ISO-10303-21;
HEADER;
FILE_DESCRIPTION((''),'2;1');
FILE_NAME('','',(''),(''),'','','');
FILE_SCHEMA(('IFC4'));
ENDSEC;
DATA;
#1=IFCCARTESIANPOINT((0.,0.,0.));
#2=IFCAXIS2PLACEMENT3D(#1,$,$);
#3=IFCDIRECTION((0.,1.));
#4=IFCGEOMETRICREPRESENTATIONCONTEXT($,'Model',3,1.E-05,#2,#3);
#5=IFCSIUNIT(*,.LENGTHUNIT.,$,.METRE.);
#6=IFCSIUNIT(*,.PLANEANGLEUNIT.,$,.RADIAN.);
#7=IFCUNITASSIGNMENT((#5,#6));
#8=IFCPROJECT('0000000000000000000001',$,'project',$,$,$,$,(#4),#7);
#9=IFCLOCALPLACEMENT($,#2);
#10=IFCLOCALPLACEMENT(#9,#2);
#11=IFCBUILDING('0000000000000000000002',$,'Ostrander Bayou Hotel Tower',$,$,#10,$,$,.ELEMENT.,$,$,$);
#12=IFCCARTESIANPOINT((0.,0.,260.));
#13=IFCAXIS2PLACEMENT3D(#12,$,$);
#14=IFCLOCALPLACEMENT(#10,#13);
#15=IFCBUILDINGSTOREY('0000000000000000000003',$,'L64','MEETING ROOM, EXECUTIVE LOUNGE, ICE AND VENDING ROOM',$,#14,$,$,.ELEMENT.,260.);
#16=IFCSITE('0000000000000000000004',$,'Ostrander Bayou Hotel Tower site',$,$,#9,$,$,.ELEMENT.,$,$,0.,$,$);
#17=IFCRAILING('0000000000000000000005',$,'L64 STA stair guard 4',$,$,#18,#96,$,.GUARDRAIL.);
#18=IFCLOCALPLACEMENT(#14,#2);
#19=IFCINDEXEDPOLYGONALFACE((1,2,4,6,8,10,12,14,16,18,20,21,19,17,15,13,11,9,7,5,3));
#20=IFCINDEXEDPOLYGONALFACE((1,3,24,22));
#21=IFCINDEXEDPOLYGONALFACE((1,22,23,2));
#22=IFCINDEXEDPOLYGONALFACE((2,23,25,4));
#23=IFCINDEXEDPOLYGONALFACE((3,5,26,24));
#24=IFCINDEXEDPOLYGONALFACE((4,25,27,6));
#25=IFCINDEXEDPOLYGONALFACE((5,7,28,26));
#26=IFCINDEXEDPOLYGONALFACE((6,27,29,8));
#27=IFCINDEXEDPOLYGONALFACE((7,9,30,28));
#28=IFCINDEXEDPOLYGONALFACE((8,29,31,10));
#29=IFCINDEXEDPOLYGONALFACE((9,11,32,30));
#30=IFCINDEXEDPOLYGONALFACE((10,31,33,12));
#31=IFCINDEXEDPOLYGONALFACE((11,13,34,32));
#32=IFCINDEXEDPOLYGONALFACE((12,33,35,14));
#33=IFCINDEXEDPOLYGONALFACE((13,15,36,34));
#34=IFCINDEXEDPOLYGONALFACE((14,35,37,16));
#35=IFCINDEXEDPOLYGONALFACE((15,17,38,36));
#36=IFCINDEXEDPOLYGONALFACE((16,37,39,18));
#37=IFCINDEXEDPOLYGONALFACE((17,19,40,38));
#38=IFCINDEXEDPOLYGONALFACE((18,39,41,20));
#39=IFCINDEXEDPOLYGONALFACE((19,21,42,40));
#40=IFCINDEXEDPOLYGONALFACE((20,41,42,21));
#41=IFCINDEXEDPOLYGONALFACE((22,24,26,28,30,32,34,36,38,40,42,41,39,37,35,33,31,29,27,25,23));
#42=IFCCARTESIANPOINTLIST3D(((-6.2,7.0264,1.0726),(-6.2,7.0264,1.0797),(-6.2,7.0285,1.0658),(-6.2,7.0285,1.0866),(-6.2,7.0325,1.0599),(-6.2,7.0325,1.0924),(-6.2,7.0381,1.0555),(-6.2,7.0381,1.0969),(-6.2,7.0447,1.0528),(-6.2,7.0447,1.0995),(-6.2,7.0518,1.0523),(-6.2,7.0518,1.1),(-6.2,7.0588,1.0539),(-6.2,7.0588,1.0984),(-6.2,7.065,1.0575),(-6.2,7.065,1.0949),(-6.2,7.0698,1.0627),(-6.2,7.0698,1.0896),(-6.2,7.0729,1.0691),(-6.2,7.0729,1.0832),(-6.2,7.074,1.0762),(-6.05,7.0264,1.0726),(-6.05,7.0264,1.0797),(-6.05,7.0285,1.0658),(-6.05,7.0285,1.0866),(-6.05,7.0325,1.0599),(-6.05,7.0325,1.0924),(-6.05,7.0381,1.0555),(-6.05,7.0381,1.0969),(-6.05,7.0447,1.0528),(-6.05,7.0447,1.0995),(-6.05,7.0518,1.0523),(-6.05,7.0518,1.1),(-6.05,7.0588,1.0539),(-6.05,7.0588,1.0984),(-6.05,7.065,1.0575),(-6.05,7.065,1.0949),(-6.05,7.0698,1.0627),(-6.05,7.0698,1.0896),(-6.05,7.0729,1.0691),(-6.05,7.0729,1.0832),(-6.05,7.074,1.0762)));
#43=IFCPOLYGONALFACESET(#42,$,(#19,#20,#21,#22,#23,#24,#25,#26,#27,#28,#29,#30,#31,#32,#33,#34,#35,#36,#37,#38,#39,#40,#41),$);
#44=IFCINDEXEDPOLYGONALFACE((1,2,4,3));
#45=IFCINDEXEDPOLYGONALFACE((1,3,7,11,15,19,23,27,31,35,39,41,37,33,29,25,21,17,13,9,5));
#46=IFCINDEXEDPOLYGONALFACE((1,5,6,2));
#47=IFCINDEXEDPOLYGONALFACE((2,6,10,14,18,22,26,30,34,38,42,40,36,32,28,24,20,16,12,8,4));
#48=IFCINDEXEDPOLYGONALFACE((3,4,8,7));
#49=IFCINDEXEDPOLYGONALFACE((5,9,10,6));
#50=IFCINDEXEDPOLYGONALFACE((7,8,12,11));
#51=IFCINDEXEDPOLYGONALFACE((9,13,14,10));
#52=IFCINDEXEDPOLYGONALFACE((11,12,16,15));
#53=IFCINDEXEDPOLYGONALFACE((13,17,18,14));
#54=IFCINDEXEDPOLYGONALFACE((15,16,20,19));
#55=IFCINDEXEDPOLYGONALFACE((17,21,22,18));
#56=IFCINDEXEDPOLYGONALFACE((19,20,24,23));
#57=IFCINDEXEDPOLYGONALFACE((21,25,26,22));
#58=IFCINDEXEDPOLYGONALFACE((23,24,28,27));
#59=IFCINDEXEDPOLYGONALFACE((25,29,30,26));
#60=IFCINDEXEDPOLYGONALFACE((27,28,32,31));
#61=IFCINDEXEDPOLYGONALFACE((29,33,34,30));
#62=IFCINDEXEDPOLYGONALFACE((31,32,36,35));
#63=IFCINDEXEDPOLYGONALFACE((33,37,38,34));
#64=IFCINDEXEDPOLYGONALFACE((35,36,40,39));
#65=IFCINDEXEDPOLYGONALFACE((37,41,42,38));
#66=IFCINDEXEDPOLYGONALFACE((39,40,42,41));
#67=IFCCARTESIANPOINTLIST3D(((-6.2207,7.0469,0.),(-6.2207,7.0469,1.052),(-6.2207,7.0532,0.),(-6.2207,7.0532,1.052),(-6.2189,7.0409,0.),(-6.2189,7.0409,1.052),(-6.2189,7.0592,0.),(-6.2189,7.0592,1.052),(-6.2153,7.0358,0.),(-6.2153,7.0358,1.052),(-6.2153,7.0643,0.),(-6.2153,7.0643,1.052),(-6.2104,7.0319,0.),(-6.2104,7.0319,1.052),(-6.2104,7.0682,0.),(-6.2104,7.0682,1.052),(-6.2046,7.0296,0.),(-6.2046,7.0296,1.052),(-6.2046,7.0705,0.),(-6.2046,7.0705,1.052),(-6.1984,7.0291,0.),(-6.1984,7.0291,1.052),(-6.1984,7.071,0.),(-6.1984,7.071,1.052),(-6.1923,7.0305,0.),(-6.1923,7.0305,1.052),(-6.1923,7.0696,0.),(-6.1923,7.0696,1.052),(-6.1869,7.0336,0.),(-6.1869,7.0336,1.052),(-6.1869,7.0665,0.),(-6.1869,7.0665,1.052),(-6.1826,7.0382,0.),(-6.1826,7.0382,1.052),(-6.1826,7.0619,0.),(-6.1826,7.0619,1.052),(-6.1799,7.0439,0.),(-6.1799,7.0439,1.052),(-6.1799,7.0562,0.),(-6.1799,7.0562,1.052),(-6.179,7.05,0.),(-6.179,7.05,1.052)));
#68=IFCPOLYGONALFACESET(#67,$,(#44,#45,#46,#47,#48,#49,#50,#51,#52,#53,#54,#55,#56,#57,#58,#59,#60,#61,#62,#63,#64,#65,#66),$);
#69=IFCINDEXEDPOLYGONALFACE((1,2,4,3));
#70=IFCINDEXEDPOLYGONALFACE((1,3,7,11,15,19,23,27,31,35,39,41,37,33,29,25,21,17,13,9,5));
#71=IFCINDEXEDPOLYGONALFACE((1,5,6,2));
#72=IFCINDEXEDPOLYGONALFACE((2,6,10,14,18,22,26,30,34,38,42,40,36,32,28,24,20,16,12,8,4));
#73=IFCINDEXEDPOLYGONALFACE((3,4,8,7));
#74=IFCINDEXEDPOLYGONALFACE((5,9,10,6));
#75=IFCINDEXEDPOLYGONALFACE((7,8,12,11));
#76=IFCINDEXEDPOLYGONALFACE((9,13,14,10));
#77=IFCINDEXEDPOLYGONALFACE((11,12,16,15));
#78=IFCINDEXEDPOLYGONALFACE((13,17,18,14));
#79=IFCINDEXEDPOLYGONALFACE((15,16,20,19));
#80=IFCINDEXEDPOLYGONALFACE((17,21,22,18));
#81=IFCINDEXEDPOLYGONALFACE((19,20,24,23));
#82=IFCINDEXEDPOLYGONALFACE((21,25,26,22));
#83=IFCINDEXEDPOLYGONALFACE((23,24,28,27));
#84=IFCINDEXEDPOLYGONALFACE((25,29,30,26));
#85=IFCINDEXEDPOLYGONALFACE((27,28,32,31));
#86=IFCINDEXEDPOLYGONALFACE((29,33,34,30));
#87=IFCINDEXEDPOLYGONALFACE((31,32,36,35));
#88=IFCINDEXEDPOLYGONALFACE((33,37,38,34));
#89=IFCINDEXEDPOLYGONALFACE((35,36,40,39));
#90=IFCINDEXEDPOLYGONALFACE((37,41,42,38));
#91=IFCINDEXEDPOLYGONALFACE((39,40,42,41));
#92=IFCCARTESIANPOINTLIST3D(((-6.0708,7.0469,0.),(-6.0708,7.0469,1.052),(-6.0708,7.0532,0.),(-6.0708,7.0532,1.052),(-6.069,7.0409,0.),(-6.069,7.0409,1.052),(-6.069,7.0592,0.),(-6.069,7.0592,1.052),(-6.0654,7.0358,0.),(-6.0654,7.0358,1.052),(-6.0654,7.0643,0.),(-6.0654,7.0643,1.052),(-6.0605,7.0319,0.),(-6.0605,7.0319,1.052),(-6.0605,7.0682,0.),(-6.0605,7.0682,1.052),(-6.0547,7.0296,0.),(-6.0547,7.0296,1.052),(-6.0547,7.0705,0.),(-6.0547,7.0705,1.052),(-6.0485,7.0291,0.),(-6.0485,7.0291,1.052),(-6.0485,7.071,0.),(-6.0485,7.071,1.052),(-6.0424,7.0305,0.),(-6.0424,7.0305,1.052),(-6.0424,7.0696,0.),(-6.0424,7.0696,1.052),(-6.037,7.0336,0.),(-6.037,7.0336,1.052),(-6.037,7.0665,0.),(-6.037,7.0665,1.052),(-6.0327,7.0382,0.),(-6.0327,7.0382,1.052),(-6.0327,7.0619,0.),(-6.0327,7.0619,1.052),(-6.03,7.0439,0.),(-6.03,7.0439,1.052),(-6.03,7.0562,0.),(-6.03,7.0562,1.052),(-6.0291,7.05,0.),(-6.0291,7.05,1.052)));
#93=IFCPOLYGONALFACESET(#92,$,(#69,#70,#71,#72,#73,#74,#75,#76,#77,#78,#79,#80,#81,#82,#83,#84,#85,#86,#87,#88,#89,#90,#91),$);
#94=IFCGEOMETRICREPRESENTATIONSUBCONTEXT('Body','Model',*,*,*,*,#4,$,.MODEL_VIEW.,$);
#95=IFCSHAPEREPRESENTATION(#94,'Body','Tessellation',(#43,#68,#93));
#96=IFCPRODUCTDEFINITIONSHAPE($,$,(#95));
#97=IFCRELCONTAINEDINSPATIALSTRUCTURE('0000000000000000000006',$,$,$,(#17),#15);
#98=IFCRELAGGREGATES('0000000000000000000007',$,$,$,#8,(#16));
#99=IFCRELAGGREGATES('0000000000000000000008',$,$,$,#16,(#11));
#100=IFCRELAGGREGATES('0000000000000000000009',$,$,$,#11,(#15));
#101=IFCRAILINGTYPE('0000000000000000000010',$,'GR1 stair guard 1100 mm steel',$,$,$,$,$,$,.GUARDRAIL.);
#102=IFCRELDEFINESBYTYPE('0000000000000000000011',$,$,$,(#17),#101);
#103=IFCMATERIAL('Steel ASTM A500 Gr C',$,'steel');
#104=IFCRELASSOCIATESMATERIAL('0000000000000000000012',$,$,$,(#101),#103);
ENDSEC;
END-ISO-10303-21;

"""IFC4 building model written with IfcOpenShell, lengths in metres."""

from ifc_helpers import new_model, si_unit, direction, frame, origin, origin_2d, place, context, subcontext, project, spatial, circle, extrude, material, type_object, element, save


model = new_model("IFC4")

# Units and contexts
model_context = context("Model", 3, precision=1e-05, world=origin(), true_north=direction((0.0, 1.0)))
body_context = subcontext(model_context, "Body", "Model", "MODEL_VIEW")
ifc_project = project(units=[si_unit("LENGTHUNIT", "METRE"), si_unit("PLANEANGLEUNIT", "RADIAN")], contexts=[model_context])

# Site, building, storey
site_placement = place(None, origin())
site = spatial("IfcSite", under=ifc_project, at=site_placement, Name="Ostrander Bayou Hotel Tower site", CompositionType="ELEMENT", RefElevation=0.0)
building_placement = place(site_placement, origin())
building = spatial("IfcBuilding", under=site, at=building_placement, Name="Ostrander Bayou Hotel Tower", CompositionType="ELEMENT")
storey_placement = place(building_placement, frame((0.0, 0.0, 260.0)))
storey = spatial("IfcBuildingStorey", under=building, at=storey_placement, Name="L64", Description="MEETING ROOM, EXECUTIVE LOUNGE, ICE AND VENDING ROOM", CompositionType="ELEMENT", Elevation=260.0)

# Railing
ifc_material_1 = material(Name="Steel ASTM A500 Gr C", Category="steel")
railing_type = type_object("IfcRailingType", Name="GR1 stair guard 1100 mm steel", PredefinedType="GUARDRAIL", material=ifc_material_1)
railing_1_placement = place(storey_placement, frame((-6.2, 7.05, 0.0)))
element("IfcRailing", 1, at=railing_1_placement, inside=storey, type_object=railing_type, Name="L64 STA stair guard 4", PredefinedType="GUARDRAIL", context=body_context, shape_type="SweptSolid", body=[
    extrude(circle(Radius=0.0239, at=origin_2d()), frame((0.0, 0.0, 1.0762), z_axis=(1.0, 0.0, 0.0), x_axis=(0.0, 1.0, 0.0)), (0.0, 0.0, 1.0), 0.1499),
    extrude(circle(Radius=0.021, at=origin_2d()), origin(), (0.0, 0.0, 1.0), 1.052),
    extrude(circle(Radius=0.021, at=origin_2d()), frame((0.1499, 0.0, 0.0)), (0.0, 0.0, 1.0), 1.052),
])

save(model, "model.ifc")
